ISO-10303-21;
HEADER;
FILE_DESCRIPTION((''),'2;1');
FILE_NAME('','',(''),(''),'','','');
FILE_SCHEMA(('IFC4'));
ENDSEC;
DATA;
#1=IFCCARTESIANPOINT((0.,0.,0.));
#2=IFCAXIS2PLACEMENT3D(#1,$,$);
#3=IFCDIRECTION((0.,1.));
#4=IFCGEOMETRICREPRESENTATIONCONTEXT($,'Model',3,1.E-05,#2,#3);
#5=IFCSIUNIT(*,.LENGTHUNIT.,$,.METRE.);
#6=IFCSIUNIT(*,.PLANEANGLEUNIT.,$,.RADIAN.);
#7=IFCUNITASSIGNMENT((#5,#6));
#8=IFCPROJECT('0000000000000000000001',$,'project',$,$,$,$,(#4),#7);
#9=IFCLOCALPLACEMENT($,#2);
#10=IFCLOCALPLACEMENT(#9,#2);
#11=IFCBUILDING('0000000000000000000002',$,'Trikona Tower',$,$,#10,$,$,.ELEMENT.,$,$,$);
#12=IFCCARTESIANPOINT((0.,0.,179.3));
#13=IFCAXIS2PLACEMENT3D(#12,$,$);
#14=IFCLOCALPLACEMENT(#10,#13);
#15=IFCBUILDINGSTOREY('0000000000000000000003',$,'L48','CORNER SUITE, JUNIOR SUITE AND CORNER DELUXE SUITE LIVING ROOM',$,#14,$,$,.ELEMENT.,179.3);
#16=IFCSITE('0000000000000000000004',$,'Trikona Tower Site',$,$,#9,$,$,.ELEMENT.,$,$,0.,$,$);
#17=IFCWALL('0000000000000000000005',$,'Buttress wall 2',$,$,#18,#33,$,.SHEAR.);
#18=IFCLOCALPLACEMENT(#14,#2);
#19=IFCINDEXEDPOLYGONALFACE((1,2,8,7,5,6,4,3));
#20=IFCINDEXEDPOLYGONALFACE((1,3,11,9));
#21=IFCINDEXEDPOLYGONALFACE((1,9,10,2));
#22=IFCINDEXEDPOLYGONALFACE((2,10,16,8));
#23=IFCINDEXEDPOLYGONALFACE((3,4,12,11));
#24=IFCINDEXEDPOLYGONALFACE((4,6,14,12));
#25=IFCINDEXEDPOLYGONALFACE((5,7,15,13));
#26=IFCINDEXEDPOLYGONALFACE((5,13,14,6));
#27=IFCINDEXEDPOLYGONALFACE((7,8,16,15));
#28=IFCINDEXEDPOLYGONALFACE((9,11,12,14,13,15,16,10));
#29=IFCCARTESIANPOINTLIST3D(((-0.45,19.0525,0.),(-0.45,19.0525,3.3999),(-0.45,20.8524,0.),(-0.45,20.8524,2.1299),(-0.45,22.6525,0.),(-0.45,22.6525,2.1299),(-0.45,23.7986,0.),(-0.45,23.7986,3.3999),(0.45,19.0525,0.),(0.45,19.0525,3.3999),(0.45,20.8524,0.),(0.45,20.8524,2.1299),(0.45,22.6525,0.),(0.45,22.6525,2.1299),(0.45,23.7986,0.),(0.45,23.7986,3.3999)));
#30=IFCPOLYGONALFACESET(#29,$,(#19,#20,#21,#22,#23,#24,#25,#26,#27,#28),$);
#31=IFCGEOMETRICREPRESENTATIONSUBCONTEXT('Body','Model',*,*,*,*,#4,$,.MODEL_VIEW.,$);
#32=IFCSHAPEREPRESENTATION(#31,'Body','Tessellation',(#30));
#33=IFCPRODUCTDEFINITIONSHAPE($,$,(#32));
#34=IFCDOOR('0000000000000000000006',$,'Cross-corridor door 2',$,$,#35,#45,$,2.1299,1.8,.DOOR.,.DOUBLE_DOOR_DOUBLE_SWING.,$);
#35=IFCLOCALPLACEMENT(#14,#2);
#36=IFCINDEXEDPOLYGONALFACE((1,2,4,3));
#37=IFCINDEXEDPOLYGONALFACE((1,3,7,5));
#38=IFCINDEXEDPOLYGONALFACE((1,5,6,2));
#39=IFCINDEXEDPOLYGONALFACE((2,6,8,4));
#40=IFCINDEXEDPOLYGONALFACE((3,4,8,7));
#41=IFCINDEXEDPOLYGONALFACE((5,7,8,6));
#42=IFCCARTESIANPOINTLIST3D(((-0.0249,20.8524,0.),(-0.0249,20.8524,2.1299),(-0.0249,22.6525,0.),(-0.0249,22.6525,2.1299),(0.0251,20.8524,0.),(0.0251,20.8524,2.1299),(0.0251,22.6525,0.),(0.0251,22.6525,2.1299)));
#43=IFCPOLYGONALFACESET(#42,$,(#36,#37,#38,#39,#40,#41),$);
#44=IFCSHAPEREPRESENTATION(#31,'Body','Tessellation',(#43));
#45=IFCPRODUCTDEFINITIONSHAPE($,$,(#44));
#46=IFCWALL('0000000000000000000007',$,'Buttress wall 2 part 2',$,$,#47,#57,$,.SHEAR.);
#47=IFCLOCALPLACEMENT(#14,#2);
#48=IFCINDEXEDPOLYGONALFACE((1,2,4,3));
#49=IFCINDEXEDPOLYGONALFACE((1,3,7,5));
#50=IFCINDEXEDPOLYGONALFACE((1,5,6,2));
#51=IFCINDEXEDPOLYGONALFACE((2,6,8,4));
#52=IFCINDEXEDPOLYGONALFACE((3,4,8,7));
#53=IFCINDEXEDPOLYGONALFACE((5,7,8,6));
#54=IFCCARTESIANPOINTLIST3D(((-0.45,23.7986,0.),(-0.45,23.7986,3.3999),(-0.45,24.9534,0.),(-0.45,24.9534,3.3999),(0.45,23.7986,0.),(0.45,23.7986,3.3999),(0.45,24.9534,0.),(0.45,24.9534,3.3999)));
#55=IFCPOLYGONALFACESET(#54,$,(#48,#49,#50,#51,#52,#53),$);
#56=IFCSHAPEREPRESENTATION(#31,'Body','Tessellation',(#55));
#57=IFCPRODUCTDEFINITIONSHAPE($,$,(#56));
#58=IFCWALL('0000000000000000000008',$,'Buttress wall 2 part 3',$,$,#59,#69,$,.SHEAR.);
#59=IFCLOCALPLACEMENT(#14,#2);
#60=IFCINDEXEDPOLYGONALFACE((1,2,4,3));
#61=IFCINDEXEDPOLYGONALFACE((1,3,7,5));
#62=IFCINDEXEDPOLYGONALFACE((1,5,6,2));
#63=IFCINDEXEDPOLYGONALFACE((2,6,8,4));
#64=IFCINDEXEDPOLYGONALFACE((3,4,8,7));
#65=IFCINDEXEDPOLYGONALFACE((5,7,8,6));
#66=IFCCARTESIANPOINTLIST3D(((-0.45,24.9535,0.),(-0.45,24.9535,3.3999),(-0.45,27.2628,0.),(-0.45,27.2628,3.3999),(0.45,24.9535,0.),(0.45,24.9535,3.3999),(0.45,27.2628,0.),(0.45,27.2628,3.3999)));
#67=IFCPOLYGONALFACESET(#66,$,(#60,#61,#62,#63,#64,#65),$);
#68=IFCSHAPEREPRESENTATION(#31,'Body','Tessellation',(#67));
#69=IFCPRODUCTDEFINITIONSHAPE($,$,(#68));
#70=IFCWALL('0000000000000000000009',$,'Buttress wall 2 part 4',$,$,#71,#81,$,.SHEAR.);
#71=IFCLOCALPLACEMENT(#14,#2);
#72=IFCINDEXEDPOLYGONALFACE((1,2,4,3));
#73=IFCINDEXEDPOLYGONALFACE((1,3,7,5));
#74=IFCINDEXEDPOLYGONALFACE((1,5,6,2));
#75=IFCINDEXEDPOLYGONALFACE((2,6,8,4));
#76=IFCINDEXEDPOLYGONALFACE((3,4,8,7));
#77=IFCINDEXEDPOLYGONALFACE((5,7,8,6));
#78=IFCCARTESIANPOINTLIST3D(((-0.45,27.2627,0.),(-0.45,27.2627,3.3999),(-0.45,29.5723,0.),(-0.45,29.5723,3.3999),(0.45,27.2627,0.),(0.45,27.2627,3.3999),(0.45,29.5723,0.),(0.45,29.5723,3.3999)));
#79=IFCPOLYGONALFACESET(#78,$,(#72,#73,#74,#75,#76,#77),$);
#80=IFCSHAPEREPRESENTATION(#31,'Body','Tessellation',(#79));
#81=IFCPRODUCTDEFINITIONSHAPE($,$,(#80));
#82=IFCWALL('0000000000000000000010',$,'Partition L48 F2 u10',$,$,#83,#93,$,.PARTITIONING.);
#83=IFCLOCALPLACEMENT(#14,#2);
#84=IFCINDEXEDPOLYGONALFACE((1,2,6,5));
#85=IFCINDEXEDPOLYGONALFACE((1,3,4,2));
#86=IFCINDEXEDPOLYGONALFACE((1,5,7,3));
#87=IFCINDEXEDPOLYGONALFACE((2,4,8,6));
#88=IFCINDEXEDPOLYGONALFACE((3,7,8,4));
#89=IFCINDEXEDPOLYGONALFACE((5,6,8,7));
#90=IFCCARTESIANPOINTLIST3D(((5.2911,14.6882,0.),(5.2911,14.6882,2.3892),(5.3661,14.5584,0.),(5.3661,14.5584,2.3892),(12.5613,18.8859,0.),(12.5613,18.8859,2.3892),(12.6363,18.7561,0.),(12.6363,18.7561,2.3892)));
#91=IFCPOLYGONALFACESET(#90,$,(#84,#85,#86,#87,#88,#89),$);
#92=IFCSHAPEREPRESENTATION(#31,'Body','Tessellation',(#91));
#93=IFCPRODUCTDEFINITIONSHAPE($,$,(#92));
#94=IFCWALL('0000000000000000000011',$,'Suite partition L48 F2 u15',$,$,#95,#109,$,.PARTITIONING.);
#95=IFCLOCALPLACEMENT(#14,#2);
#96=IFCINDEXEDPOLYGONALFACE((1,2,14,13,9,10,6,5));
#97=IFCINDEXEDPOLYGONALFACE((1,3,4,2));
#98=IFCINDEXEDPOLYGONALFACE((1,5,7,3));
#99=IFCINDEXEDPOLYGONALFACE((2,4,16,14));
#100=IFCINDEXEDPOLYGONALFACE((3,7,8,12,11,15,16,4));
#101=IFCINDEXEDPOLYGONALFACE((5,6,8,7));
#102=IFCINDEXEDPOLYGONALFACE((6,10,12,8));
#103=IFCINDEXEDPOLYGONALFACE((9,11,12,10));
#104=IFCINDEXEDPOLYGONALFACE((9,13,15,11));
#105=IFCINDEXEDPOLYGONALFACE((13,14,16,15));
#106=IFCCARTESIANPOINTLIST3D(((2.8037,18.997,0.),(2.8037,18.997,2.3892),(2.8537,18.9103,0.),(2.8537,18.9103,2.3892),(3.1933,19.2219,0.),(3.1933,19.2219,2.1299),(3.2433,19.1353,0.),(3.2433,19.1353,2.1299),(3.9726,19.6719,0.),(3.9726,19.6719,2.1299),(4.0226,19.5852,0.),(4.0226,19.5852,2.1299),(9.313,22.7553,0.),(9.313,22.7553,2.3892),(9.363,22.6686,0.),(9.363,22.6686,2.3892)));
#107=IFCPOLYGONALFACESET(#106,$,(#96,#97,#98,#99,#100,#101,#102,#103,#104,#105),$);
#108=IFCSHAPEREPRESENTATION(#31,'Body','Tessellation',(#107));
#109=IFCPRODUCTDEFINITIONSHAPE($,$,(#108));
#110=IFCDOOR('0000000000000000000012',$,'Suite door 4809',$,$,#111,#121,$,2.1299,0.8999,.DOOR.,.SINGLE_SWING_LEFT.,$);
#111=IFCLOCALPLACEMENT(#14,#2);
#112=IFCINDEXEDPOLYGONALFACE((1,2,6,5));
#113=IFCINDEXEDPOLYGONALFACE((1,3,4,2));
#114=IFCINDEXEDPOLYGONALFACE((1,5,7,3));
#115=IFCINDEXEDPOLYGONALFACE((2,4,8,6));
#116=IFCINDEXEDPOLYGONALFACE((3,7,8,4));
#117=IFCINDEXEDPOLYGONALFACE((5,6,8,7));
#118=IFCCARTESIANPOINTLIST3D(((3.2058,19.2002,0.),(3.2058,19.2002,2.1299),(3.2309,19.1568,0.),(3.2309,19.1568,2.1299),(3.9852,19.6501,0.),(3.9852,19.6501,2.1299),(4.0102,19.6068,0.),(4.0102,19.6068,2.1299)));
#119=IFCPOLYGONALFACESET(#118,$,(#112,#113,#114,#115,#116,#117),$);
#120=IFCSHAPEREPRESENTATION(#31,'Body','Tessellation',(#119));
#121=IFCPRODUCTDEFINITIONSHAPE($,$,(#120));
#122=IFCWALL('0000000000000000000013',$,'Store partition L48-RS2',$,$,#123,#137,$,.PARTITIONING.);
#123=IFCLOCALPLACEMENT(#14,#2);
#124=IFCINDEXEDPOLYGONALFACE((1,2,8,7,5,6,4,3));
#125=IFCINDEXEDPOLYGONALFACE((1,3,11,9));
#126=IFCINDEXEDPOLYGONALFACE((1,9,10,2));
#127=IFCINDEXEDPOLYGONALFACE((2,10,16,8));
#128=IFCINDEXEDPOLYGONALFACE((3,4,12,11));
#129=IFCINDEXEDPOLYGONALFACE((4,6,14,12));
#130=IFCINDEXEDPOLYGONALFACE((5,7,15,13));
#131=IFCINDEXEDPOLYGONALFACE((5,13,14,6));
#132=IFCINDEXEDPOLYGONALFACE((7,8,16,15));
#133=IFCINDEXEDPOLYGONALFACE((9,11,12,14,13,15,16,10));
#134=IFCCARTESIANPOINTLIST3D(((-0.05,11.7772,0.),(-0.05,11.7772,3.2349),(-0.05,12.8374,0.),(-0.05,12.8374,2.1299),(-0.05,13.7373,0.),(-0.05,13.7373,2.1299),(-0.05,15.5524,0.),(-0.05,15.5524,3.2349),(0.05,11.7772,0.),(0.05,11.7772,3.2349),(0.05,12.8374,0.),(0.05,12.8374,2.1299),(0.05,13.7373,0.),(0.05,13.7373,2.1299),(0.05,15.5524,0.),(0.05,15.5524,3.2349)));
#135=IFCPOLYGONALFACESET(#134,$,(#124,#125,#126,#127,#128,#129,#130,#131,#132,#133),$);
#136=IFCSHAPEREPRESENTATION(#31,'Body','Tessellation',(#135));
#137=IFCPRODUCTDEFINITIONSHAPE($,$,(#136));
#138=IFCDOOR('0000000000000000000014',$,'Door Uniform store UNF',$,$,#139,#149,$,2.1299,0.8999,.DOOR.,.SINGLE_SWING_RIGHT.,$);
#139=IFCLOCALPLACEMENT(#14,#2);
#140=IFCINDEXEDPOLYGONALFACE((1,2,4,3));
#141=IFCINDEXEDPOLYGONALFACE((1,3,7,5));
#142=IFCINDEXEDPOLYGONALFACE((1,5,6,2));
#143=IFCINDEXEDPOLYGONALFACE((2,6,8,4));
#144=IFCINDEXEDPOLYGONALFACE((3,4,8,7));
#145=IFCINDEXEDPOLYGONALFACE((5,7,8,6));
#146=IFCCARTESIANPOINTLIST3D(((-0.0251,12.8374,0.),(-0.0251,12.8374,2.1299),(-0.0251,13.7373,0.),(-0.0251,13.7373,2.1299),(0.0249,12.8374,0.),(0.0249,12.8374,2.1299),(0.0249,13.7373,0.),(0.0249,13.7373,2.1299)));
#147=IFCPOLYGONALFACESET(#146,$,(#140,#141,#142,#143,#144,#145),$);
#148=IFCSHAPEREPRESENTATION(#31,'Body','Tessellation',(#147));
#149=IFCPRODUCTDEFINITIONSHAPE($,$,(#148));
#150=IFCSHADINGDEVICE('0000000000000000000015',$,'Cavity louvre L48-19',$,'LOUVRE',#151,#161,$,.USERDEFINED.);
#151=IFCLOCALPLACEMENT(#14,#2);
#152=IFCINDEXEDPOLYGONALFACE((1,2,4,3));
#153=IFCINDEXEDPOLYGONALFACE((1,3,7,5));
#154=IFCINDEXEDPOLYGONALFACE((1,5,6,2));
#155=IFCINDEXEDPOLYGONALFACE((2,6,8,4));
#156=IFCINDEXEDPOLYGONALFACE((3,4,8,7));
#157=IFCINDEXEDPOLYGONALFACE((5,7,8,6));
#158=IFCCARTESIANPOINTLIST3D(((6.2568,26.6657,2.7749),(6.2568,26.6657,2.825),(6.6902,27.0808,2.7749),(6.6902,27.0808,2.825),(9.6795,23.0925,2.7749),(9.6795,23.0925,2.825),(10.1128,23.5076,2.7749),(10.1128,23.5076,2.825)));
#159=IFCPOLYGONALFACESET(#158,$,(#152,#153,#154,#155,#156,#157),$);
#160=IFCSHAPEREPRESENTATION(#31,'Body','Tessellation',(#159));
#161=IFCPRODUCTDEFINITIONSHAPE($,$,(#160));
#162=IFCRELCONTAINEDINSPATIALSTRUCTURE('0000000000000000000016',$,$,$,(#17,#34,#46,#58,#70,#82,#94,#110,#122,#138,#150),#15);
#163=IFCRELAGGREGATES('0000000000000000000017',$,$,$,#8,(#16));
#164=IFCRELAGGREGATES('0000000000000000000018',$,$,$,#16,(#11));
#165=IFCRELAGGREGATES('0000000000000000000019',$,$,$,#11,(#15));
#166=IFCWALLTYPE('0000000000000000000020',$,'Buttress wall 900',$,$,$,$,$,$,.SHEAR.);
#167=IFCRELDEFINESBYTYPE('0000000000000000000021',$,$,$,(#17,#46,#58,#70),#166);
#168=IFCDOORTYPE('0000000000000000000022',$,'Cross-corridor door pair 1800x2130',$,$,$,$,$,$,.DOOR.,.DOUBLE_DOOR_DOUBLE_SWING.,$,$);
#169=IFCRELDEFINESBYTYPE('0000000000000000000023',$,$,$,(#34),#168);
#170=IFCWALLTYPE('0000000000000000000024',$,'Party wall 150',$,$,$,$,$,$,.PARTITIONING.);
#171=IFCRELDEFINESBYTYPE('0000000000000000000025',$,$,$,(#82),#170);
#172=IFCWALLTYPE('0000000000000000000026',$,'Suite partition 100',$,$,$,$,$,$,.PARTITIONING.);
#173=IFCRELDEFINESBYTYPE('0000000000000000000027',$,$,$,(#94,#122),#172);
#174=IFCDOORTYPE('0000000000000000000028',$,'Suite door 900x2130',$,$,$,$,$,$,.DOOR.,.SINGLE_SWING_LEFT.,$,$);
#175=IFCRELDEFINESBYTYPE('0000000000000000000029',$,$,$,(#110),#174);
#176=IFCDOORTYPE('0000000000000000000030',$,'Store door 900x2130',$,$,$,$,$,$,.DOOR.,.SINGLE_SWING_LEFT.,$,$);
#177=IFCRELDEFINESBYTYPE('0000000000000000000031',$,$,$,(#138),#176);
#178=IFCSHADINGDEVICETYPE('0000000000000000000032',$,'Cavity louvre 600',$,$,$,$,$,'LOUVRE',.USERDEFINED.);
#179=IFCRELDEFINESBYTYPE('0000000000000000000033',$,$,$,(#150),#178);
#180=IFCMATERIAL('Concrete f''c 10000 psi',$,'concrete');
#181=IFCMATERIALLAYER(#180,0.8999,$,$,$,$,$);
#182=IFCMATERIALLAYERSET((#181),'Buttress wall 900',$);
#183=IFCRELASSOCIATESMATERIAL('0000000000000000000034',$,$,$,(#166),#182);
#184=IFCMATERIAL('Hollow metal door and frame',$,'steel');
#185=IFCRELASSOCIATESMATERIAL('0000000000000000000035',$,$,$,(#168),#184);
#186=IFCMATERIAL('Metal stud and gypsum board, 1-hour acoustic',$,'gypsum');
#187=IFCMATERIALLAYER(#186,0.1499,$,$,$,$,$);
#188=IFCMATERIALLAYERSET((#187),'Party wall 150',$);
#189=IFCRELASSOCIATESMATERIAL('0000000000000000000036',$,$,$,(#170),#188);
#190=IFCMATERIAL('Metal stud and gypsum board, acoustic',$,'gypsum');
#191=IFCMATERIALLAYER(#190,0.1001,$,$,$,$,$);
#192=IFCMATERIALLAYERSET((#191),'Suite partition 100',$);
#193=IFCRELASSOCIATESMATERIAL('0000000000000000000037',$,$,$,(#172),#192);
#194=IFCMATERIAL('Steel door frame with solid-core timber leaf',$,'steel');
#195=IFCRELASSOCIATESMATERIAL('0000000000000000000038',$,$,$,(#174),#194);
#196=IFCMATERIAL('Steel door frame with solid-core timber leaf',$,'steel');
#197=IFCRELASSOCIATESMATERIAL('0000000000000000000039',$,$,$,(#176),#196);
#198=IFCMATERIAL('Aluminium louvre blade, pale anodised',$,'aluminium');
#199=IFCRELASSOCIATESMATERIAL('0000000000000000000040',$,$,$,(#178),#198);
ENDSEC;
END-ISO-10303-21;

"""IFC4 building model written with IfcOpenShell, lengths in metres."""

from ifc_helpers import new_model, si_unit, direction, frame, frame_2d, origin, origin_2d, place, context, subcontext, project, spatial, rectangle, extrude, material, layer, layer_set, type_object, element, fill, save


model = new_model("IFC4")

# Units and contexts
model_context = context("Model", 3, precision=1e-05, world=origin(), true_north=direction((0.0, 1.0)))
body_context = subcontext(model_context, "Body", "Model", "MODEL_VIEW")
ifc_project = project(units=[si_unit("LENGTHUNIT", "METRE"), si_unit("PLANEANGLEUNIT", "RADIAN")], contexts=[model_context])

# Site, building, storey
site_placement = place(None, origin())
site = spatial("IfcSite", under=ifc_project, at=site_placement, Name="Trikona Tower Site", CompositionType="ELEMENT", RefElevation=0.0)
building_placement = place(site_placement, origin())
building = spatial("IfcBuilding", under=site, at=building_placement, Name="Trikona Tower", CompositionType="ELEMENT")
storey_placement = place(building_placement, frame((0.0, 0.0, 179.3)))
storey = spatial("IfcBuildingStorey", under=building, at=storey_placement, Name="L48", Description="CORNER SUITE, JUNIOR SUITE AND CORNER DELUXE SUITE LIVING ROOM", CompositionType="ELEMENT", Elevation=179.3)

# Wall, opening, door
ifc_material_1 = material(Name="Concrete f'c 10000 psi", Category="concrete")
ifc_layer_1 = layer(ifc_material_1, 0.8999)
ifc_layer_set_1 = layer_set([ifc_layer_1], Name="Buttress wall 900")
wall_type_1 = type_object("IfcWallType", Name="Buttress wall 900", PredefinedType="SHEAR", material=ifc_layer_set_1)
wall_1_placement = place(storey_placement, frame((0.0, 19.0525, 0.0), z_axis=(0.0, 0.0, 1.0), x_axis=(0.0, 1.0, 0.0)))
wall_1 = element("IfcWall", 1, at=wall_1_placement, inside=storey, type_object=wall_type_1, Name="Buttress wall 2", PredefinedType="SHEAR", context=body_context, shape_type="SweptSolid", body=[
    extrude(rectangle(XDim=4.7461, YDim=0.8999, at=frame_2d((2.373, 0.0))), origin(), (0.0, 0.0, 1.0), 3.3999),
])
opening_1_placement = place(wall_1_placement, frame((1.8, 0.0, 0.0)))
opening_1 = element("IfcOpeningElement", 2, at=opening_1_placement, cuts=wall_1, PredefinedType="OPENING", context=body_context, shape_type="SweptSolid", body=[
    extrude(rectangle(XDim=1.8, YDim=2.1299, at=frame_2d((0.8999, 1.0649))), frame((0.0, 0.46, 0.0), z_axis=(0.0, -1.0, 0.0), x_axis=(1.0, 0.0, 0.0)), (0.0, 0.0, 1.0), 0.9199),
])
ifc_material_2 = material(Name="Hollow metal door and frame", Category="steel")
door_type_1 = type_object("IfcDoorType", Name="Cross-corridor door pair 1800x2130", OperationType="DOUBLE_DOOR_DOUBLE_SWING", PredefinedType="DOOR", material=ifc_material_2)
door_1_placement = place(opening_1_placement, origin())
door_1 = element("IfcDoor", 3, at=door_1_placement, inside=storey, type_object=door_type_1, Name="Cross-corridor door 2", OperationType="DOUBLE_DOOR_DOUBLE_SWING", OverallHeight=2.1299, OverallWidth=1.8, PredefinedType="DOOR", context=body_context, shape_type="SweptSolid", body=[
    extrude(rectangle(XDim=1.8, YDim=2.1299, at=frame_2d((0.8999, 1.0649))), frame((0.0, 0.0249, 0.0), z_axis=(0.0, -1.0, 0.0), x_axis=(1.0, 0.0, 0.0)), (0.0, 0.0, 1.0), 0.05),
])
fill(opening_1, door_1)

# Walls
wall_2_placement = place(storey_placement, frame((0.0, 23.7986, 0.0), z_axis=(0.0, 0.0, 1.0), x_axis=(0.0, 1.0, 0.0)))
element("IfcWall", 4, at=wall_2_placement, inside=storey, type_object=wall_type_1, Name="Buttress wall 2 part 2", PredefinedType="SHEAR", context=body_context, shape_type="SweptSolid", body=[
    extrude(rectangle(XDim=1.1548, YDim=0.8999, at=frame_2d((0.5774, 0.0))), origin(), (0.0, 0.0, 1.0), 3.3999),
])
wall_3_placement = place(storey_placement, frame((0.0, 24.9534, 0.0), z_axis=(0.0, 0.0, 1.0), x_axis=(0.0, 1.0, 0.0)))
element("IfcWall", 5, at=wall_3_placement, inside=storey, type_object=wall_type_1, Name="Buttress wall 2 part 3", PredefinedType="SHEAR", context=body_context, shape_type="SweptSolid", body=[
    extrude(rectangle(XDim=2.3093, YDim=0.8999, at=frame_2d((1.1548, 0.0))), origin(), (0.0, 0.0, 1.0), 3.3999),
])
wall_4_placement = place(storey_placement, frame((0.0, 27.2627, 0.0), z_axis=(0.0, 0.0, 1.0), x_axis=(0.0, 1.0, 0.0)))
element("IfcWall", 6, at=wall_4_placement, inside=storey, type_object=wall_type_1, Name="Buttress wall 2 part 4", PredefinedType="SHEAR", context=body_context, shape_type="SweptSolid", body=[
    extrude(rectangle(XDim=2.3096, YDim=0.8999, at=frame_2d((1.1548, 0.0))), origin(), (0.0, 0.0, 1.0), 3.3999),
])
ifc_material_3 = material(Name="Metal stud and gypsum board, 1-hour acoustic", Category="gypsum")
ifc_layer_2 = layer(ifc_material_3, 0.1499)
ifc_layer_set_2 = layer_set([ifc_layer_2], Name="Party wall 150")
wall_type_2 = type_object("IfcWallType", Name="Party wall 150", PredefinedType="PARTITIONING", material=ifc_layer_set_2)
wall_5_placement = place(storey_placement, frame((5.3286, 14.6233, 0.0), z_axis=(0.0, 0.0, 1.0), x_axis=(0.866012, 0.500024, 0.0)))
element("IfcWall", 7, at=wall_5_placement, inside=storey, type_object=wall_type_2, Name="Partition L48 F2 u10", PredefinedType="PARTITIONING", context=body_context, shape_type="SweptSolid", body=[
    extrude(rectangle(XDim=8.395, YDim=0.1499, at=frame_2d((4.1975, 0.0))), origin(), (0.0, 0.0, 1.0), 2.3892),
])

# Walls, openings, doors
ifc_material_4 = material(Name="Metal stud and gypsum board, acoustic", Category="gypsum")
ifc_layer_3 = layer(ifc_material_4, 0.1001)
ifc_layer_set_3 = layer_set([ifc_layer_3], Name="Suite partition 100")
wall_type_3 = type_object("IfcWallType", Name="Suite partition 100", PredefinedType="PARTITIONING", material=ifc_layer_set_3)
wall_6_placement = place(storey_placement, frame((2.8286, 18.9536, 0.0), z_axis=(0.0, 0.0, 1.0), x_axis=(0.866016, 0.500017, 0.0)))
wall_6 = element("IfcWall", 8, at=wall_6_placement, inside=storey, type_object=wall_type_3, Name="Suite partition L48 F2 u15", PredefinedType="PARTITIONING", context=body_context, shape_type="SweptSolid", body=[
    extrude(rectangle(XDim=7.5164, YDim=0.1001, at=frame_2d((3.7583, 0.0))), origin(), (0.0, 0.0, 1.0), 2.3892),
])
opening_2_placement = place(wall_6_placement, frame((0.45, 0.0, 0.0)))
opening_2 = element("IfcOpeningElement", 9, at=opening_2_placement, cuts=wall_6, PredefinedType="OPENING", context=body_context, shape_type="SweptSolid", body=[
    extrude(rectangle(XDim=0.8999, YDim=2.1299, at=frame_2d((0.45, 1.0649))), frame((0.0, 0.0601, 0.0), z_axis=(0.0, -1.0, 0.0), x_axis=(1.0, 0.0, 0.0)), (0.0, 0.0, 1.0), 0.1201),
])
ifc_material_5 = material(Name="Steel door frame with solid-core timber leaf", Category="steel")
door_type_2 = type_object("IfcDoorType", Name="Suite door 900x2130", OperationType="SINGLE_SWING_LEFT", PredefinedType="DOOR", material=ifc_material_5)
door_2_placement = place(opening_2_placement, origin())
door_2 = element("IfcDoor", 10, at=door_2_placement, inside=storey, type_object=door_type_2, Name="Suite door 4809", OperationType="SINGLE_SWING_LEFT", OverallHeight=2.1299, OverallWidth=0.8999, PredefinedType="DOOR", context=body_context, shape_type="SweptSolid", body=[
    extrude(rectangle(XDim=0.8999, YDim=2.1299, at=frame_2d((0.45, 1.0649))), frame((0.0, 0.0249, 0.0), z_axis=(0.0, -1.0, 0.0), x_axis=(1.0, 0.0, 0.0)), (0.0, 0.0, 1.0), 0.05),
])
fill(opening_2, door_2)
wall_7_placement = place(storey_placement, frame((0.0, 15.5525, 0.0), z_axis=(0.0, 0.0, 1.0), x_axis=(0.0, -1.0, 0.0)))
wall_7 = element("IfcWall", 11, at=wall_7_placement, inside=storey, type_object=wall_type_3, Name="Store partition L48-RS2", PredefinedType="PARTITIONING", context=body_context, shape_type="SweptSolid", body=[
    extrude(rectangle(XDim=3.7751, YDim=0.1001, at=frame_2d((1.8877, 0.0))), origin(), (0.0, 0.0, 1.0), 3.2349),
])
opening_3_placement = place(wall_7_placement, frame((1.8152, 0.0, 0.0)))
opening_3 = element("IfcOpeningElement", 12, at=opening_3_placement, cuts=wall_7, PredefinedType="OPENING", context=body_context, shape_type="SweptSolid", body=[
    extrude(rectangle(XDim=0.8999, YDim=2.1299, at=frame_2d((0.45, 1.0649))), frame((0.0, 0.0601, 0.0), z_axis=(0.0, -1.0, 0.0), x_axis=(1.0, 0.0, 0.0)), (0.0, 0.0, 1.0), 0.1201),
])
ifc_material_6 = material(Name="Steel door frame with solid-core timber leaf", Category="steel")
door_type_3 = type_object("IfcDoorType", Name="Store door 900x2130", OperationType="SINGLE_SWING_LEFT", PredefinedType="DOOR", material=ifc_material_6)
door_3_placement = place(opening_3_placement, origin())
door_3 = element("IfcDoor", 13, at=door_3_placement, inside=storey, type_object=door_type_3, Name="Door Uniform store UNF", OperationType="SINGLE_SWING_RIGHT", OverallHeight=2.1299, OverallWidth=0.8999, PredefinedType="DOOR", context=body_context, shape_type="SweptSolid", body=[
    extrude(rectangle(XDim=0.8999, YDim=2.1299, at=frame_2d((0.45, 1.0649))), frame((0.0, 0.0249, 0.0), z_axis=(0.0, -1.0, 0.0), x_axis=(1.0, 0.0, 0.0)), (0.0, 0.0, 1.0), 0.05),
])
fill(opening_3, door_3)

# Shading device
ifc_material_7 = material(Name="Aluminium louvre blade, pale anodised", Category="aluminium")
shading_device_type = type_object("IfcShadingDeviceType", Name="Cavity louvre 600", ElementType="LOUVRE", PredefinedType="USERDEFINED", material=ifc_material_7)
shading_device_placement = place(storey_placement, frame((8.1848, 25.0867, 2.7749), z_axis=(0.0, 0.0, 1.0), x_axis=(-0.691724, 0.722162, 0.0)))
element("IfcShadingDevice", 14, at=shading_device_placement, inside=storey, type_object=shading_device_type, Name="Cavity louvre L48-19", ObjectType="LOUVRE", PredefinedType="USERDEFINED", context=body_context, shape_type="SweptSolid", body=[
    extrude(rectangle(XDim=4.948, YDim=0.6001, at=origin_2d()), origin(), (0.0, 0.0, 1.0), 0.05),
])

save(model, "model.ifc")
